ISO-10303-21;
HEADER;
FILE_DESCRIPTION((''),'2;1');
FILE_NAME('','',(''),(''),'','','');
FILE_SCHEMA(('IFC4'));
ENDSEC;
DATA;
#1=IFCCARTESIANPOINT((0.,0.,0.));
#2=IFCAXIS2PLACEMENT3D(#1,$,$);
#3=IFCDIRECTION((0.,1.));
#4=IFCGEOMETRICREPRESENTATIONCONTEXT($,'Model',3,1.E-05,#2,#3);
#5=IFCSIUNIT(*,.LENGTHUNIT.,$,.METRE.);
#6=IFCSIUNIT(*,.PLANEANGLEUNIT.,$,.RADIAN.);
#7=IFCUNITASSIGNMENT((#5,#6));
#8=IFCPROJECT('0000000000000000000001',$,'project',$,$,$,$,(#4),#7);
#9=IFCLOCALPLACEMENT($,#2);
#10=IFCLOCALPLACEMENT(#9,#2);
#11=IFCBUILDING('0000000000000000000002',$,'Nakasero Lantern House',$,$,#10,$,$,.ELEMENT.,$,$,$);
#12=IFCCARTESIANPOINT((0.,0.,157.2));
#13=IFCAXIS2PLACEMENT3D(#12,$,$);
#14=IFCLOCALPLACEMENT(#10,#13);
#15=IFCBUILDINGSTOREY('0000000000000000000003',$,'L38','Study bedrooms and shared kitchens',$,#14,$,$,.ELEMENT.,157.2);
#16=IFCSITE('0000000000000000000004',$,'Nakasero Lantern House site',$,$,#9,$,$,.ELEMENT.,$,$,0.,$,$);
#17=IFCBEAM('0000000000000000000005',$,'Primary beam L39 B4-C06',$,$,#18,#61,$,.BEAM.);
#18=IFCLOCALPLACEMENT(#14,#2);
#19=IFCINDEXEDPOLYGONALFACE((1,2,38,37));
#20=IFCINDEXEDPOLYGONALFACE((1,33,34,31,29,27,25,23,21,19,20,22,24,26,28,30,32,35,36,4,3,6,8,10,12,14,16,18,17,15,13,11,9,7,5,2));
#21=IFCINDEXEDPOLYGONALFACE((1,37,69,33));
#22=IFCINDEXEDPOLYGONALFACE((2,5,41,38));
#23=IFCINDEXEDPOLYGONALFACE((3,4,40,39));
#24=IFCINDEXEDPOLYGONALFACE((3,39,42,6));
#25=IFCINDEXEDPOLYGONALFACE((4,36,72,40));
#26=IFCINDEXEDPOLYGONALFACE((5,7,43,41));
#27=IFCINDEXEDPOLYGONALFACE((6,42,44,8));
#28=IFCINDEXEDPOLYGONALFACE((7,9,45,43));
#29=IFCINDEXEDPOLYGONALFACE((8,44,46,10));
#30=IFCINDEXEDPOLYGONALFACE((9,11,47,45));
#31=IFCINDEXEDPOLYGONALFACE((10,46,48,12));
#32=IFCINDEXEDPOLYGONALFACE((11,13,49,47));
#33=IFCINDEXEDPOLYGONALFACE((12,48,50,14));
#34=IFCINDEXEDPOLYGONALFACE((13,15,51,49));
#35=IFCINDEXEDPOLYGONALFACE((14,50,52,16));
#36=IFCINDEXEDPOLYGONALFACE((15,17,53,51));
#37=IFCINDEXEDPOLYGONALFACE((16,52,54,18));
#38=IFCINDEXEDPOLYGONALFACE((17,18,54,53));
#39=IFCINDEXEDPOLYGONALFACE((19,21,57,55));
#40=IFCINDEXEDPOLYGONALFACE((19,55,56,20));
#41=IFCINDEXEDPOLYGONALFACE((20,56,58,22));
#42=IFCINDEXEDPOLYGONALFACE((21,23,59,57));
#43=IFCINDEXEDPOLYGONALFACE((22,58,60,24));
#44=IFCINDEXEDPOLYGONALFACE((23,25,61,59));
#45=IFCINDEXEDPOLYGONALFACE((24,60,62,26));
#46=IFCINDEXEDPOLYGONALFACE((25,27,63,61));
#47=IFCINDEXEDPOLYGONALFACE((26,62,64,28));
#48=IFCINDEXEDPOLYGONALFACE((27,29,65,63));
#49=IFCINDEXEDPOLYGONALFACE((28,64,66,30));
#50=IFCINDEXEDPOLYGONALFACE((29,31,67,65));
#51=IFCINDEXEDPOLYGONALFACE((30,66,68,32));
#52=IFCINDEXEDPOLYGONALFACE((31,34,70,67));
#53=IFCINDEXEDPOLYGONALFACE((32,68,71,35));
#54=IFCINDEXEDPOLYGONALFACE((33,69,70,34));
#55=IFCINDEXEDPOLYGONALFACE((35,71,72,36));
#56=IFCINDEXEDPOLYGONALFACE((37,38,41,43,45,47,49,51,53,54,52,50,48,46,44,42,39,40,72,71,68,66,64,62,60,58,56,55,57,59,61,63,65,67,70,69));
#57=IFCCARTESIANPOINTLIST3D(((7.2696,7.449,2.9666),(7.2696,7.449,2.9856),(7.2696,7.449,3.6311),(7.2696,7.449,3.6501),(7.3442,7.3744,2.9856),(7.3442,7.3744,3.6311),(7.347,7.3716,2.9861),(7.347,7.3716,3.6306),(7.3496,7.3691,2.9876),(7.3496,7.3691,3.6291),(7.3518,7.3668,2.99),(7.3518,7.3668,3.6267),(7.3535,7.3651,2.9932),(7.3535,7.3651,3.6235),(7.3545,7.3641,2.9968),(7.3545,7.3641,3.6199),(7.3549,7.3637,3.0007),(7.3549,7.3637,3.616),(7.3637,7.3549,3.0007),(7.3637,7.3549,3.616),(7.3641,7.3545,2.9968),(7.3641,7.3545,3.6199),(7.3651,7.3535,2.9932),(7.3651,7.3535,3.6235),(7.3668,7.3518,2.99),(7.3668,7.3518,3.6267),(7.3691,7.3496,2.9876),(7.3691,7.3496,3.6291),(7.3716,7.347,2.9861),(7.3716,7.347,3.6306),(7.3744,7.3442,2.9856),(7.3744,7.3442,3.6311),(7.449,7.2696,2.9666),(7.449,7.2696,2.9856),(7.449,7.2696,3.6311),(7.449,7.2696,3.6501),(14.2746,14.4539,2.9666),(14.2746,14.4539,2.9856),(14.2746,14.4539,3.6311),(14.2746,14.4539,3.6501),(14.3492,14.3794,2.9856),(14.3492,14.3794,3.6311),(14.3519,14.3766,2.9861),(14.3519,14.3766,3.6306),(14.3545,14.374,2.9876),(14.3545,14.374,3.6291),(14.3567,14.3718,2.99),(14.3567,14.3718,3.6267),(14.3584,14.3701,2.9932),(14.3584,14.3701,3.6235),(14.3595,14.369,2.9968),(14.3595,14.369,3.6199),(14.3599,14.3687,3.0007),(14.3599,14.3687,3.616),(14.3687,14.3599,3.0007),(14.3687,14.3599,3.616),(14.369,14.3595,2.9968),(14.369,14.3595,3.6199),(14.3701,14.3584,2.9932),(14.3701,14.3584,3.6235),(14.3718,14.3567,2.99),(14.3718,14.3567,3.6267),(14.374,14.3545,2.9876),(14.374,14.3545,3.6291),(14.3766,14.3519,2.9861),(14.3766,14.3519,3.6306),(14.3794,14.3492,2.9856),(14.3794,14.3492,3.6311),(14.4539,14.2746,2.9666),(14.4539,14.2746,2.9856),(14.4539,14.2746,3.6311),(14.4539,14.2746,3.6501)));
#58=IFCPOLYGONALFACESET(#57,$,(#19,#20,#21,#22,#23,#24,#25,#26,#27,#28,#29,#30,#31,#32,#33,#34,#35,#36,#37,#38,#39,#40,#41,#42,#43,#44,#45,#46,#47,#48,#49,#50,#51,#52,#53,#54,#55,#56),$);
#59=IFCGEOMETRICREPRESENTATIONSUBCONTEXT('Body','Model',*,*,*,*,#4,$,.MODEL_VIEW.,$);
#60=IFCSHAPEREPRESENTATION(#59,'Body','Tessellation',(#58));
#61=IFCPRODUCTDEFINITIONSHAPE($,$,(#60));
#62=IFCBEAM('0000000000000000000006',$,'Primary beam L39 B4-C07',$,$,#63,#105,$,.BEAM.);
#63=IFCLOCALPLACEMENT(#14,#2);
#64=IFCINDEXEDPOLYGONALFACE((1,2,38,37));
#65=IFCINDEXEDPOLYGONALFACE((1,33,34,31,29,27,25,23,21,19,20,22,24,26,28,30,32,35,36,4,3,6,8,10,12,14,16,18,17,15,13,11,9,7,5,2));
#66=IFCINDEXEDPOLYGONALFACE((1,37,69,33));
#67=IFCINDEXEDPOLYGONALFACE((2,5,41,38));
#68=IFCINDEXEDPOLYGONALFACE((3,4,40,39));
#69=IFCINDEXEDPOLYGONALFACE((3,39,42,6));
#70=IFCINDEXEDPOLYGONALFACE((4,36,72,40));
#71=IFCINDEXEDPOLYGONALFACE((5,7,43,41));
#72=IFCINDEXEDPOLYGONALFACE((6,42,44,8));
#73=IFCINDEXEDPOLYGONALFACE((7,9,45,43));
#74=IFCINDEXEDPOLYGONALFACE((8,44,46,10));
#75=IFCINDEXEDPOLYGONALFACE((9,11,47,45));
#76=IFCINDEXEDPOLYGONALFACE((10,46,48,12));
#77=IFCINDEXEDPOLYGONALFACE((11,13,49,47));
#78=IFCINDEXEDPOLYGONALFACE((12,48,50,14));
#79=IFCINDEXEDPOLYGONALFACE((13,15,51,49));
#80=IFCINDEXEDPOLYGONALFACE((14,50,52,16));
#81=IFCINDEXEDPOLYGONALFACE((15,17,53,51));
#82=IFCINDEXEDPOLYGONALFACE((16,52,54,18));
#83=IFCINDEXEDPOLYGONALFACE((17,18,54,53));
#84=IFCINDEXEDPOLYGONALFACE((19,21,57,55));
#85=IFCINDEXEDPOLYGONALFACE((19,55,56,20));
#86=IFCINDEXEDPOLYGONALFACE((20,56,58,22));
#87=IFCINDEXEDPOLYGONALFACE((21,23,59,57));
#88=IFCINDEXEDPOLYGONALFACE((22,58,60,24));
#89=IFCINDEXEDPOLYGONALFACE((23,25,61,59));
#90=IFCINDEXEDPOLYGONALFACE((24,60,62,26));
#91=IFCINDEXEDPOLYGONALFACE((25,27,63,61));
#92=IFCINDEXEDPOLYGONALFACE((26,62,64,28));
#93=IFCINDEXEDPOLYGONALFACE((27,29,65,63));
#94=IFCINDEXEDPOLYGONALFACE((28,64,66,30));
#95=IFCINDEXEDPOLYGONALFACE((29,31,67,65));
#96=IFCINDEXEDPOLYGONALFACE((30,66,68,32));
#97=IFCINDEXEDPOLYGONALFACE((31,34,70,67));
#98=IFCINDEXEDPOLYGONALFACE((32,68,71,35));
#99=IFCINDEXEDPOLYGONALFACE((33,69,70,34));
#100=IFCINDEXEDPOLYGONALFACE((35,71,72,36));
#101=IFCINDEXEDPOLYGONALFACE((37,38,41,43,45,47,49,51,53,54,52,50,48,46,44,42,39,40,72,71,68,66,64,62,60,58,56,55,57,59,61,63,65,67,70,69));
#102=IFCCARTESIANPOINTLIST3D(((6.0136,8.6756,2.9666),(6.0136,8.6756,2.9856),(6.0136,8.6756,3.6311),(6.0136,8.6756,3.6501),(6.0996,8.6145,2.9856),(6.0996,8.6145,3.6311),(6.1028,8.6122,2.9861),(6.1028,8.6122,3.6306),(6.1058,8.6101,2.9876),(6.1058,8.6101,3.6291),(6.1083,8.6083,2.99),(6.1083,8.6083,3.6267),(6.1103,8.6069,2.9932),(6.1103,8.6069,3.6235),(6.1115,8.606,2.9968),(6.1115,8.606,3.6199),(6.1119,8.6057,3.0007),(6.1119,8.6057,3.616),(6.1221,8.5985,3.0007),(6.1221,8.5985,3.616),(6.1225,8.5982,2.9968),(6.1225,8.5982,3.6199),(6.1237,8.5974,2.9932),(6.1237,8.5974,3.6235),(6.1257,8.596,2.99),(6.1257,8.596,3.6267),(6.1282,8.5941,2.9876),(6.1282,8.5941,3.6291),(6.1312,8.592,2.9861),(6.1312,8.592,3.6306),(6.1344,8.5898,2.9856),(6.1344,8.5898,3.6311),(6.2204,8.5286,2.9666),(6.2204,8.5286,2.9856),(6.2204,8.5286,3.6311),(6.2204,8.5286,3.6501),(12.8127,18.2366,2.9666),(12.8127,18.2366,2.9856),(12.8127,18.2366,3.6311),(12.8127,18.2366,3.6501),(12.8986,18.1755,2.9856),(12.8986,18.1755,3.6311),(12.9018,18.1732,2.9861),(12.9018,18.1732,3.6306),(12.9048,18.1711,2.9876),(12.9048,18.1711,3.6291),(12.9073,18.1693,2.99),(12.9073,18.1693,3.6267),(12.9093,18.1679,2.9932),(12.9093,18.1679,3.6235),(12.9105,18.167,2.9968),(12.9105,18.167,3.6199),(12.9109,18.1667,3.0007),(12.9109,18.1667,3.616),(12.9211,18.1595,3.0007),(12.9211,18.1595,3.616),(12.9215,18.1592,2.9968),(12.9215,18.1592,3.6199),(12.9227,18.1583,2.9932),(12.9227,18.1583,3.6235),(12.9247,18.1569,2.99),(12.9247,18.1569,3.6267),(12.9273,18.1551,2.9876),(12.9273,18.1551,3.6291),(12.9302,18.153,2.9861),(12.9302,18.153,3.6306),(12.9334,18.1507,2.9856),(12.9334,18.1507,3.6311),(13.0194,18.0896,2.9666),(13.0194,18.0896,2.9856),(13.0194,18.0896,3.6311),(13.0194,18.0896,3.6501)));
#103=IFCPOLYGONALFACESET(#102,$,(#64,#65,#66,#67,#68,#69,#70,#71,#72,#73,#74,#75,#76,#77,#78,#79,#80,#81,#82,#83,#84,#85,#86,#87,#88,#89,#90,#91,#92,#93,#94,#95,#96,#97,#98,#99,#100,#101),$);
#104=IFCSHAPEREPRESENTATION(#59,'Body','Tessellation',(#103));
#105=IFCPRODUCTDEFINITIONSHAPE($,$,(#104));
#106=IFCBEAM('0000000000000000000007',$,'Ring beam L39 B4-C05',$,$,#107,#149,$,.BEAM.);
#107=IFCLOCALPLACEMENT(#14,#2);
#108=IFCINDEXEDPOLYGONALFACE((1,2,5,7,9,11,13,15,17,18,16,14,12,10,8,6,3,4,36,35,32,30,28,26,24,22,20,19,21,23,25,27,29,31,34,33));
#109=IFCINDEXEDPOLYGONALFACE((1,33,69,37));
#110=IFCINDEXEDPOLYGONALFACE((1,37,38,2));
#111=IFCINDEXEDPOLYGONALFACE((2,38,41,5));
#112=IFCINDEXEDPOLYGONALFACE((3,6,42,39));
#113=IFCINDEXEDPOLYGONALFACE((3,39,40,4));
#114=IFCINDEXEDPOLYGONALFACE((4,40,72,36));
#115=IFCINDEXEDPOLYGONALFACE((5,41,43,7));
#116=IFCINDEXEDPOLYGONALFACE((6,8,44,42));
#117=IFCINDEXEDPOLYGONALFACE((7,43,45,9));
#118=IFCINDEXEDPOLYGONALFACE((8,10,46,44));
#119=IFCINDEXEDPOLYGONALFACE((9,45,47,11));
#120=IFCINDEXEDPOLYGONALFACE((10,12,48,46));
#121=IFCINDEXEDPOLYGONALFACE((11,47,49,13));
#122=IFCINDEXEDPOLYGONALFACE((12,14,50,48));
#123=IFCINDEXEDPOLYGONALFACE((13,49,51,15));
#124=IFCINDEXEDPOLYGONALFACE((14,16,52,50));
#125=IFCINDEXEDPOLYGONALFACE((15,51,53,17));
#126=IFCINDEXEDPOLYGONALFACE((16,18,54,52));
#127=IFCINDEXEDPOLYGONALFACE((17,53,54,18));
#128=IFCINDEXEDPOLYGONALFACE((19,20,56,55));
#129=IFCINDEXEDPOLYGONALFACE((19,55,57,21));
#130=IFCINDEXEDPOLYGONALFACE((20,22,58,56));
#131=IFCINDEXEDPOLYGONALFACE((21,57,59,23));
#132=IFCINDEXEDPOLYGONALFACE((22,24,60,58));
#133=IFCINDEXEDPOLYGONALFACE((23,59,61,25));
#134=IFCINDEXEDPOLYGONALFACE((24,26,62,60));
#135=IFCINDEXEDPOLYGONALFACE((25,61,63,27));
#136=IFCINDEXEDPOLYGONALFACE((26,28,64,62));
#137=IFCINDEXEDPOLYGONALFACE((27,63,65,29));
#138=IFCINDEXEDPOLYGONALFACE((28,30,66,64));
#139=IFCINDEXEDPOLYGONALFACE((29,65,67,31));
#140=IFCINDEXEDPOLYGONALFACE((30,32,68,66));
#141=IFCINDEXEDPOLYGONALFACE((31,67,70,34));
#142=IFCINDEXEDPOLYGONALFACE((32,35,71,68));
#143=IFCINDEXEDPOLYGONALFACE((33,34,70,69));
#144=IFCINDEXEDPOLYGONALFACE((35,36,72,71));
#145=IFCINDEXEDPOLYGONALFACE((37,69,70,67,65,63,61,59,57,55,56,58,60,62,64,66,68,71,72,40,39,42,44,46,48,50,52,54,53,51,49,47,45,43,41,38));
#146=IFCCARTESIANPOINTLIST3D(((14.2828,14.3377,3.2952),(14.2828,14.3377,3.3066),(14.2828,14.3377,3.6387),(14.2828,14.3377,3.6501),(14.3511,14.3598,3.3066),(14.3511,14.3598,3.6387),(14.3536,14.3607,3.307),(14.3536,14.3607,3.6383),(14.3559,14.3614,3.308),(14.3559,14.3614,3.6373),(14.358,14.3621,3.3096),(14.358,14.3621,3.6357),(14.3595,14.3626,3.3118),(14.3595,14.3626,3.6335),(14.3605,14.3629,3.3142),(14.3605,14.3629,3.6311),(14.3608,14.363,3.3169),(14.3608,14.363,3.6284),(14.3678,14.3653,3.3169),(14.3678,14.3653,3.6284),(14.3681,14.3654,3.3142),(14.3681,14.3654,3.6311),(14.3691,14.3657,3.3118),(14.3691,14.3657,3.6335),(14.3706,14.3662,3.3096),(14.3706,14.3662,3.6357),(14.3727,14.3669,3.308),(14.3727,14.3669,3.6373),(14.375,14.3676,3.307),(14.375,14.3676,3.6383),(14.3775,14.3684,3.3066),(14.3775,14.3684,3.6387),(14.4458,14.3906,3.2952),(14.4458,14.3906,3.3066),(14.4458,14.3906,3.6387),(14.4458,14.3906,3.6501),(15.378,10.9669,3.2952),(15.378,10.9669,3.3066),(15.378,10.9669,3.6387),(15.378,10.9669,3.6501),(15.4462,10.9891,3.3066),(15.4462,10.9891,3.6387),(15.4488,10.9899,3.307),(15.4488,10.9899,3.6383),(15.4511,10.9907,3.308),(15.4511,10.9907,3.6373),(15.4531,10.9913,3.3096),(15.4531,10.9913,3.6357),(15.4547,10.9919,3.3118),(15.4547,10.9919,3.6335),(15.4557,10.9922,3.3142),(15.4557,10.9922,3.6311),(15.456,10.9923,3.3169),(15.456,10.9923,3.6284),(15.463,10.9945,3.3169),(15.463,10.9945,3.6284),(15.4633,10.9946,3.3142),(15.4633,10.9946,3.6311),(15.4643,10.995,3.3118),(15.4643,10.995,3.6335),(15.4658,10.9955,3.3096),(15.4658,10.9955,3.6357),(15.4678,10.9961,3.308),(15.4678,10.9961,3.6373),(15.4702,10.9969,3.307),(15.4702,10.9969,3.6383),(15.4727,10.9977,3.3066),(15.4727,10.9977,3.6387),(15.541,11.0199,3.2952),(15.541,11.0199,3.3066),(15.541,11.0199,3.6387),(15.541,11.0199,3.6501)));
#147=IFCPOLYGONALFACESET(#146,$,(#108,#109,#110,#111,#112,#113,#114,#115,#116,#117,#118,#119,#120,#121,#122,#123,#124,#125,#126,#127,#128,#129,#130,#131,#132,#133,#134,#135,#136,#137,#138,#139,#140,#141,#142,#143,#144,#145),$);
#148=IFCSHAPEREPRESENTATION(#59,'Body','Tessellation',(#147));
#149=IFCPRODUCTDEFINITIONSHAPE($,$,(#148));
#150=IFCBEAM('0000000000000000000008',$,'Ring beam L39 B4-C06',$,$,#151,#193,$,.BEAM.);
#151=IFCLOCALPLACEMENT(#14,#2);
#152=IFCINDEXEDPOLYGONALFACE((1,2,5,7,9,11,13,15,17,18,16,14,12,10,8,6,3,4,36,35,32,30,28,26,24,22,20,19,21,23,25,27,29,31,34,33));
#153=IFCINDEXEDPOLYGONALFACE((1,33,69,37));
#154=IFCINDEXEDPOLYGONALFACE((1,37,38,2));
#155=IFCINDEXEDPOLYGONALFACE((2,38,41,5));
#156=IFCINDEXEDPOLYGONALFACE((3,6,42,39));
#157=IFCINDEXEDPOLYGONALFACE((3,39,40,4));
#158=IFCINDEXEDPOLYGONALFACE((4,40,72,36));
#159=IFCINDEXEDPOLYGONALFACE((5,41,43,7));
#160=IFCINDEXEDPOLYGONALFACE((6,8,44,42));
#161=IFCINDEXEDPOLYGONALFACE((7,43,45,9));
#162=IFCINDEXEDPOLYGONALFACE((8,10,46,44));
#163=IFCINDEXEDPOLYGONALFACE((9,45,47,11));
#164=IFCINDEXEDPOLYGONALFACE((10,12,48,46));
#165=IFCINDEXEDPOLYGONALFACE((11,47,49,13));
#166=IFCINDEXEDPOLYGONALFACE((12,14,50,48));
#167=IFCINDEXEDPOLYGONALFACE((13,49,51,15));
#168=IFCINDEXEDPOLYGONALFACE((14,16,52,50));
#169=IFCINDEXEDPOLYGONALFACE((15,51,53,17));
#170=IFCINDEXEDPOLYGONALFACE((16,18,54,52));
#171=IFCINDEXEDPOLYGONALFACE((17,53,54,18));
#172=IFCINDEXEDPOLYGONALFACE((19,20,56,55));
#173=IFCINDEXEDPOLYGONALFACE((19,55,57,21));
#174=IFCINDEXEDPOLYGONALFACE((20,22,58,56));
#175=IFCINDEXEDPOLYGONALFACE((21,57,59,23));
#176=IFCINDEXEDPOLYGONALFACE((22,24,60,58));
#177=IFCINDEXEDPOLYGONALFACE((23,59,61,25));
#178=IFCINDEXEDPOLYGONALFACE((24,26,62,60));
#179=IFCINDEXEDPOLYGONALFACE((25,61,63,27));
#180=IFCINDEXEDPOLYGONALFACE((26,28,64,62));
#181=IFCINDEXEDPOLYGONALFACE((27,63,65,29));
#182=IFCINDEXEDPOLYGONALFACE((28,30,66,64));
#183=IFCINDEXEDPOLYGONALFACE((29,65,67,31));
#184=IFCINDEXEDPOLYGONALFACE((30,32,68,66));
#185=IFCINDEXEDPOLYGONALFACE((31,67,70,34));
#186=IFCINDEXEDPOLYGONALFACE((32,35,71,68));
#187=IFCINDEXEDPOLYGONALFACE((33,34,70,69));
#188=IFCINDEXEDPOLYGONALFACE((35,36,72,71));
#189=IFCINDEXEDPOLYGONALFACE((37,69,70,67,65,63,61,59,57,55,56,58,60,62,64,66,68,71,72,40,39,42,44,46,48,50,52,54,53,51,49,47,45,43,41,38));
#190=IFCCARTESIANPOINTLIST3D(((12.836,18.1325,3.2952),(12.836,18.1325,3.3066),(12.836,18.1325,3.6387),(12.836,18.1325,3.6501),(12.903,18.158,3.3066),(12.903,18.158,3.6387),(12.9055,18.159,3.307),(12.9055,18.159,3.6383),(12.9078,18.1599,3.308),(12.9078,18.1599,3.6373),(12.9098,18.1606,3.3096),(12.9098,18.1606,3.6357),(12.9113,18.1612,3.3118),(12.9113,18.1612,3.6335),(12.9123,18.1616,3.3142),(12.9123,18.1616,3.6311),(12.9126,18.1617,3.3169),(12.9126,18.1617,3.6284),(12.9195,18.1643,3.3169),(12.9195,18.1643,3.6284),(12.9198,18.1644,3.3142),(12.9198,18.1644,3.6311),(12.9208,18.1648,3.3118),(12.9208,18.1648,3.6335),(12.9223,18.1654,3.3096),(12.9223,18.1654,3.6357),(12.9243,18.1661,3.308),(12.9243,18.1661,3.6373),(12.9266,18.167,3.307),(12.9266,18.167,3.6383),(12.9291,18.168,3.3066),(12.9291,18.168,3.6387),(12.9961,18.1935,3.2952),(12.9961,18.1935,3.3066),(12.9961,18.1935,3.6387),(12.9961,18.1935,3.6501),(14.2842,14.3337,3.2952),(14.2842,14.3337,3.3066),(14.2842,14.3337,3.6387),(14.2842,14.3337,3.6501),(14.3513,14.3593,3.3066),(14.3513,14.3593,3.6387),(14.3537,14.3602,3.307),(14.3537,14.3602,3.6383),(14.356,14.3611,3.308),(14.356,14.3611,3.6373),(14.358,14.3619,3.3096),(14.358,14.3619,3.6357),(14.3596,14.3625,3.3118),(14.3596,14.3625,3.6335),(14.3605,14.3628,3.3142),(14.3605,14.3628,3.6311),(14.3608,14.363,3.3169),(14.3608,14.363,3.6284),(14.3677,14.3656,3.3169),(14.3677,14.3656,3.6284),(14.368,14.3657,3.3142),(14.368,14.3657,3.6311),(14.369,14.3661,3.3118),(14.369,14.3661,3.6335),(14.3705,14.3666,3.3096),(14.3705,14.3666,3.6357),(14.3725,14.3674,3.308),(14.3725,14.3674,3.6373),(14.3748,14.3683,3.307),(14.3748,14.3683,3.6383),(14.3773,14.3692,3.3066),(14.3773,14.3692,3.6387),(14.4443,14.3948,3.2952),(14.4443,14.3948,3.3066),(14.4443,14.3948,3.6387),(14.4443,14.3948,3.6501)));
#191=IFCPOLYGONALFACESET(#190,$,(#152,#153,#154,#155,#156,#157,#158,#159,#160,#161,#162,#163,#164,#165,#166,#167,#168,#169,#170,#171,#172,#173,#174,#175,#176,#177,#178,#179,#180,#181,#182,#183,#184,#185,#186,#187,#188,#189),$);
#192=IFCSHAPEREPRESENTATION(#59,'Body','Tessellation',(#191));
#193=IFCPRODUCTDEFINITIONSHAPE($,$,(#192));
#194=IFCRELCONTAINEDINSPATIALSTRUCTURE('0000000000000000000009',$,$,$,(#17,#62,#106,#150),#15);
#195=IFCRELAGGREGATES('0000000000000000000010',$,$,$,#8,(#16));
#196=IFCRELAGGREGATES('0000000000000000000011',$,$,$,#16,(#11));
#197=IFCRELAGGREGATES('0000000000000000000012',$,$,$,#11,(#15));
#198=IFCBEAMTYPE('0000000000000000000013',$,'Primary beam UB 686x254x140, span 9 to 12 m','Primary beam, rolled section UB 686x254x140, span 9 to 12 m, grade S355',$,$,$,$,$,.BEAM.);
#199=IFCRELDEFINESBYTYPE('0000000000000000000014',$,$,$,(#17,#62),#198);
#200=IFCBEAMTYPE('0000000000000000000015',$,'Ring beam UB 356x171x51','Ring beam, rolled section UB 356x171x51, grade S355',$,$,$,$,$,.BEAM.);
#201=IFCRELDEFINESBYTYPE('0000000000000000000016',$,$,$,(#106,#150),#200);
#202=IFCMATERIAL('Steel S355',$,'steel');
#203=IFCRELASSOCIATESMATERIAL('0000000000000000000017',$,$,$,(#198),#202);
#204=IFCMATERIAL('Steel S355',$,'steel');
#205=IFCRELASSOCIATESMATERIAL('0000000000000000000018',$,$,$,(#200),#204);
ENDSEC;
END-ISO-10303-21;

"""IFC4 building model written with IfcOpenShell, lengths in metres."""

from ifc_helpers import new_model, si_unit, direction, frame, origin, origin_2d, place, context, subcontext, project, spatial, i_section, extrude, material, material_profile, profile_set, type_object, element, save


model = new_model("IFC4")

# Units and contexts
model_context = context("Model", 3, precision=1e-05, world=origin(), true_north=direction((0.0, 1.0)))
body_context = subcontext(model_context, "Body", "Model", "MODEL_VIEW")
ifc_project = project(units=[si_unit("LENGTHUNIT", "METRE"), si_unit("PLANEANGLEUNIT", "RADIAN")], contexts=[model_context])

# Site, building, storey
site_placement = place(None, origin())
site = spatial("IfcSite", under=ifc_project, at=site_placement, Name="Nakasero Lantern House site", CompositionType="ELEMENT", RefElevation=0.0)
building_placement = place(site_placement, origin())
building = spatial("IfcBuilding", under=site, at=building_placement, Name="Nakasero Lantern House", CompositionType="ELEMENT")
storey_placement = place(building_placement, frame((0.0, 0.0, 157.2)))
storey = spatial("IfcBuildingStorey", under=building, at=storey_placement, Name="L38", Description="Study bedrooms and shared kitchens", CompositionType="ELEMENT", Elevation=157.2)

# Beams
ifc_material_1 = material(Name="Steel S355", Category="steel")
ifc_material_profile_1 = material_profile(ifc_material_1, i_section(OverallWidth=0.2537, OverallDepth=0.6836, WebThickness=0.0125, FlangeThickness=0.019, FilletRadius=0.0151, at=origin_2d()), Name="UB 686x254x140")
ifc_profile_set_1 = profile_set([ifc_material_profile_1], Name="Steel S355")
beam_type_1 = type_object("IfcBeamType", Name="Primary beam UB 686x254x140, span 9 to 12 m", Description="Primary beam, rolled section UB 686x254x140, span 9 to 12 m, grade S355", PredefinedType="BEAM", material=ifc_profile_set_1)
beam_1_placement = place(storey_placement, frame((14.3643, 14.3643, 3.3083), z_axis=(-0.707107, -0.707107, 0.0), x_axis=(0.707107, -0.707107, 0.0)))
element("IfcBeam", 1, at=beam_1_placement, inside=storey, type_object=beam_type_1, Name="Primary beam L39 B4-C06", PredefinedType="BEAM", context=body_context, shape_type="SweptSolid", body=[
    extrude(i_section(OverallWidth=0.2537, OverallDepth=0.6836, WebThickness=0.0125, FlangeThickness=0.019, FilletRadius=0.0151, at=origin_2d()), origin(), (0.0, 0.0, 1.0), 9.9065),
])
beam_2_placement = place(storey_placement, frame((12.916, 18.1631, 3.3083), z_axis=(-0.57953, -0.814951, 0.0), x_axis=(0.814951, -0.57953, 0.0)))
element("IfcBeam", 2, at=beam_2_placement, inside=storey, type_object=beam_type_1, Name="Primary beam L39 B4-C07", PredefinedType="BEAM", context=body_context, shape_type="SweptSolid", body=[
    extrude(i_section(OverallWidth=0.2537, OverallDepth=0.6836, WebThickness=0.0125, FlangeThickness=0.019, FilletRadius=0.0151, at=origin_2d()), origin(), (0.0, 0.0, 1.0), 11.7319),
])
ifc_material_2 = material(Name="Steel S355", Category="steel")
ifc_material_profile_2 = material_profile(ifc_material_2, i_section(OverallWidth=0.1714, OverallDepth=0.355, WebThickness=0.0073, FlangeThickness=0.0115, FilletRadius=0.0103, at=origin_2d()), Name="UB 356x171x51")
ifc_profile_set_2 = profile_set([ifc_material_profile_2], Name="Steel S355")
beam_type_2 = type_object("IfcBeamType", Name="Ring beam UB 356x171x51", Description="Ring beam, rolled section UB 356x171x51, grade S355", PredefinedType="BEAM", material=ifc_profile_set_2)
beam_3_placement = place(storey_placement, frame((15.4595, 10.9934, 3.4727), z_axis=(-0.309007, 0.95106, 0.0), x_axis=(-0.95106, -0.309007, 0.0)))
element("IfcBeam", 3, at=beam_3_placement, inside=storey, type_object=beam_type_2, Name="Ring beam L39 B4-C05", PredefinedType="BEAM", context=body_context, shape_type="SweptSolid", body=[
    extrude(i_section(OverallWidth=0.1714, OverallDepth=0.355, WebThickness=0.0073, FlangeThickness=0.0115, FilletRadius=0.0103, at=origin_2d()), origin(), (0.0, 0.0, 1.0), 3.5442),
])
beam_4_placement = place(storey_placement, frame((14.3643, 14.3643, 3.4727), z_axis=(-0.356225, 0.9344, 0.0), x_axis=(-0.9344, -0.356225, 0.0)))
element("IfcBeam", 4, at=beam_4_placement, inside=storey, type_object=beam_type_2, Name="Ring beam L39 B4-C06", PredefinedType="BEAM", context=body_context, shape_type="SweptSolid", body=[
    extrude(i_section(OverallWidth=0.1714, OverallDepth=0.355, WebThickness=0.0073, FlangeThickness=0.0115, FilletRadius=0.0103, at=origin_2d()), origin(), (0.0, 0.0, 1.0), 4.0654),
])

save(model, "model.ifc")
